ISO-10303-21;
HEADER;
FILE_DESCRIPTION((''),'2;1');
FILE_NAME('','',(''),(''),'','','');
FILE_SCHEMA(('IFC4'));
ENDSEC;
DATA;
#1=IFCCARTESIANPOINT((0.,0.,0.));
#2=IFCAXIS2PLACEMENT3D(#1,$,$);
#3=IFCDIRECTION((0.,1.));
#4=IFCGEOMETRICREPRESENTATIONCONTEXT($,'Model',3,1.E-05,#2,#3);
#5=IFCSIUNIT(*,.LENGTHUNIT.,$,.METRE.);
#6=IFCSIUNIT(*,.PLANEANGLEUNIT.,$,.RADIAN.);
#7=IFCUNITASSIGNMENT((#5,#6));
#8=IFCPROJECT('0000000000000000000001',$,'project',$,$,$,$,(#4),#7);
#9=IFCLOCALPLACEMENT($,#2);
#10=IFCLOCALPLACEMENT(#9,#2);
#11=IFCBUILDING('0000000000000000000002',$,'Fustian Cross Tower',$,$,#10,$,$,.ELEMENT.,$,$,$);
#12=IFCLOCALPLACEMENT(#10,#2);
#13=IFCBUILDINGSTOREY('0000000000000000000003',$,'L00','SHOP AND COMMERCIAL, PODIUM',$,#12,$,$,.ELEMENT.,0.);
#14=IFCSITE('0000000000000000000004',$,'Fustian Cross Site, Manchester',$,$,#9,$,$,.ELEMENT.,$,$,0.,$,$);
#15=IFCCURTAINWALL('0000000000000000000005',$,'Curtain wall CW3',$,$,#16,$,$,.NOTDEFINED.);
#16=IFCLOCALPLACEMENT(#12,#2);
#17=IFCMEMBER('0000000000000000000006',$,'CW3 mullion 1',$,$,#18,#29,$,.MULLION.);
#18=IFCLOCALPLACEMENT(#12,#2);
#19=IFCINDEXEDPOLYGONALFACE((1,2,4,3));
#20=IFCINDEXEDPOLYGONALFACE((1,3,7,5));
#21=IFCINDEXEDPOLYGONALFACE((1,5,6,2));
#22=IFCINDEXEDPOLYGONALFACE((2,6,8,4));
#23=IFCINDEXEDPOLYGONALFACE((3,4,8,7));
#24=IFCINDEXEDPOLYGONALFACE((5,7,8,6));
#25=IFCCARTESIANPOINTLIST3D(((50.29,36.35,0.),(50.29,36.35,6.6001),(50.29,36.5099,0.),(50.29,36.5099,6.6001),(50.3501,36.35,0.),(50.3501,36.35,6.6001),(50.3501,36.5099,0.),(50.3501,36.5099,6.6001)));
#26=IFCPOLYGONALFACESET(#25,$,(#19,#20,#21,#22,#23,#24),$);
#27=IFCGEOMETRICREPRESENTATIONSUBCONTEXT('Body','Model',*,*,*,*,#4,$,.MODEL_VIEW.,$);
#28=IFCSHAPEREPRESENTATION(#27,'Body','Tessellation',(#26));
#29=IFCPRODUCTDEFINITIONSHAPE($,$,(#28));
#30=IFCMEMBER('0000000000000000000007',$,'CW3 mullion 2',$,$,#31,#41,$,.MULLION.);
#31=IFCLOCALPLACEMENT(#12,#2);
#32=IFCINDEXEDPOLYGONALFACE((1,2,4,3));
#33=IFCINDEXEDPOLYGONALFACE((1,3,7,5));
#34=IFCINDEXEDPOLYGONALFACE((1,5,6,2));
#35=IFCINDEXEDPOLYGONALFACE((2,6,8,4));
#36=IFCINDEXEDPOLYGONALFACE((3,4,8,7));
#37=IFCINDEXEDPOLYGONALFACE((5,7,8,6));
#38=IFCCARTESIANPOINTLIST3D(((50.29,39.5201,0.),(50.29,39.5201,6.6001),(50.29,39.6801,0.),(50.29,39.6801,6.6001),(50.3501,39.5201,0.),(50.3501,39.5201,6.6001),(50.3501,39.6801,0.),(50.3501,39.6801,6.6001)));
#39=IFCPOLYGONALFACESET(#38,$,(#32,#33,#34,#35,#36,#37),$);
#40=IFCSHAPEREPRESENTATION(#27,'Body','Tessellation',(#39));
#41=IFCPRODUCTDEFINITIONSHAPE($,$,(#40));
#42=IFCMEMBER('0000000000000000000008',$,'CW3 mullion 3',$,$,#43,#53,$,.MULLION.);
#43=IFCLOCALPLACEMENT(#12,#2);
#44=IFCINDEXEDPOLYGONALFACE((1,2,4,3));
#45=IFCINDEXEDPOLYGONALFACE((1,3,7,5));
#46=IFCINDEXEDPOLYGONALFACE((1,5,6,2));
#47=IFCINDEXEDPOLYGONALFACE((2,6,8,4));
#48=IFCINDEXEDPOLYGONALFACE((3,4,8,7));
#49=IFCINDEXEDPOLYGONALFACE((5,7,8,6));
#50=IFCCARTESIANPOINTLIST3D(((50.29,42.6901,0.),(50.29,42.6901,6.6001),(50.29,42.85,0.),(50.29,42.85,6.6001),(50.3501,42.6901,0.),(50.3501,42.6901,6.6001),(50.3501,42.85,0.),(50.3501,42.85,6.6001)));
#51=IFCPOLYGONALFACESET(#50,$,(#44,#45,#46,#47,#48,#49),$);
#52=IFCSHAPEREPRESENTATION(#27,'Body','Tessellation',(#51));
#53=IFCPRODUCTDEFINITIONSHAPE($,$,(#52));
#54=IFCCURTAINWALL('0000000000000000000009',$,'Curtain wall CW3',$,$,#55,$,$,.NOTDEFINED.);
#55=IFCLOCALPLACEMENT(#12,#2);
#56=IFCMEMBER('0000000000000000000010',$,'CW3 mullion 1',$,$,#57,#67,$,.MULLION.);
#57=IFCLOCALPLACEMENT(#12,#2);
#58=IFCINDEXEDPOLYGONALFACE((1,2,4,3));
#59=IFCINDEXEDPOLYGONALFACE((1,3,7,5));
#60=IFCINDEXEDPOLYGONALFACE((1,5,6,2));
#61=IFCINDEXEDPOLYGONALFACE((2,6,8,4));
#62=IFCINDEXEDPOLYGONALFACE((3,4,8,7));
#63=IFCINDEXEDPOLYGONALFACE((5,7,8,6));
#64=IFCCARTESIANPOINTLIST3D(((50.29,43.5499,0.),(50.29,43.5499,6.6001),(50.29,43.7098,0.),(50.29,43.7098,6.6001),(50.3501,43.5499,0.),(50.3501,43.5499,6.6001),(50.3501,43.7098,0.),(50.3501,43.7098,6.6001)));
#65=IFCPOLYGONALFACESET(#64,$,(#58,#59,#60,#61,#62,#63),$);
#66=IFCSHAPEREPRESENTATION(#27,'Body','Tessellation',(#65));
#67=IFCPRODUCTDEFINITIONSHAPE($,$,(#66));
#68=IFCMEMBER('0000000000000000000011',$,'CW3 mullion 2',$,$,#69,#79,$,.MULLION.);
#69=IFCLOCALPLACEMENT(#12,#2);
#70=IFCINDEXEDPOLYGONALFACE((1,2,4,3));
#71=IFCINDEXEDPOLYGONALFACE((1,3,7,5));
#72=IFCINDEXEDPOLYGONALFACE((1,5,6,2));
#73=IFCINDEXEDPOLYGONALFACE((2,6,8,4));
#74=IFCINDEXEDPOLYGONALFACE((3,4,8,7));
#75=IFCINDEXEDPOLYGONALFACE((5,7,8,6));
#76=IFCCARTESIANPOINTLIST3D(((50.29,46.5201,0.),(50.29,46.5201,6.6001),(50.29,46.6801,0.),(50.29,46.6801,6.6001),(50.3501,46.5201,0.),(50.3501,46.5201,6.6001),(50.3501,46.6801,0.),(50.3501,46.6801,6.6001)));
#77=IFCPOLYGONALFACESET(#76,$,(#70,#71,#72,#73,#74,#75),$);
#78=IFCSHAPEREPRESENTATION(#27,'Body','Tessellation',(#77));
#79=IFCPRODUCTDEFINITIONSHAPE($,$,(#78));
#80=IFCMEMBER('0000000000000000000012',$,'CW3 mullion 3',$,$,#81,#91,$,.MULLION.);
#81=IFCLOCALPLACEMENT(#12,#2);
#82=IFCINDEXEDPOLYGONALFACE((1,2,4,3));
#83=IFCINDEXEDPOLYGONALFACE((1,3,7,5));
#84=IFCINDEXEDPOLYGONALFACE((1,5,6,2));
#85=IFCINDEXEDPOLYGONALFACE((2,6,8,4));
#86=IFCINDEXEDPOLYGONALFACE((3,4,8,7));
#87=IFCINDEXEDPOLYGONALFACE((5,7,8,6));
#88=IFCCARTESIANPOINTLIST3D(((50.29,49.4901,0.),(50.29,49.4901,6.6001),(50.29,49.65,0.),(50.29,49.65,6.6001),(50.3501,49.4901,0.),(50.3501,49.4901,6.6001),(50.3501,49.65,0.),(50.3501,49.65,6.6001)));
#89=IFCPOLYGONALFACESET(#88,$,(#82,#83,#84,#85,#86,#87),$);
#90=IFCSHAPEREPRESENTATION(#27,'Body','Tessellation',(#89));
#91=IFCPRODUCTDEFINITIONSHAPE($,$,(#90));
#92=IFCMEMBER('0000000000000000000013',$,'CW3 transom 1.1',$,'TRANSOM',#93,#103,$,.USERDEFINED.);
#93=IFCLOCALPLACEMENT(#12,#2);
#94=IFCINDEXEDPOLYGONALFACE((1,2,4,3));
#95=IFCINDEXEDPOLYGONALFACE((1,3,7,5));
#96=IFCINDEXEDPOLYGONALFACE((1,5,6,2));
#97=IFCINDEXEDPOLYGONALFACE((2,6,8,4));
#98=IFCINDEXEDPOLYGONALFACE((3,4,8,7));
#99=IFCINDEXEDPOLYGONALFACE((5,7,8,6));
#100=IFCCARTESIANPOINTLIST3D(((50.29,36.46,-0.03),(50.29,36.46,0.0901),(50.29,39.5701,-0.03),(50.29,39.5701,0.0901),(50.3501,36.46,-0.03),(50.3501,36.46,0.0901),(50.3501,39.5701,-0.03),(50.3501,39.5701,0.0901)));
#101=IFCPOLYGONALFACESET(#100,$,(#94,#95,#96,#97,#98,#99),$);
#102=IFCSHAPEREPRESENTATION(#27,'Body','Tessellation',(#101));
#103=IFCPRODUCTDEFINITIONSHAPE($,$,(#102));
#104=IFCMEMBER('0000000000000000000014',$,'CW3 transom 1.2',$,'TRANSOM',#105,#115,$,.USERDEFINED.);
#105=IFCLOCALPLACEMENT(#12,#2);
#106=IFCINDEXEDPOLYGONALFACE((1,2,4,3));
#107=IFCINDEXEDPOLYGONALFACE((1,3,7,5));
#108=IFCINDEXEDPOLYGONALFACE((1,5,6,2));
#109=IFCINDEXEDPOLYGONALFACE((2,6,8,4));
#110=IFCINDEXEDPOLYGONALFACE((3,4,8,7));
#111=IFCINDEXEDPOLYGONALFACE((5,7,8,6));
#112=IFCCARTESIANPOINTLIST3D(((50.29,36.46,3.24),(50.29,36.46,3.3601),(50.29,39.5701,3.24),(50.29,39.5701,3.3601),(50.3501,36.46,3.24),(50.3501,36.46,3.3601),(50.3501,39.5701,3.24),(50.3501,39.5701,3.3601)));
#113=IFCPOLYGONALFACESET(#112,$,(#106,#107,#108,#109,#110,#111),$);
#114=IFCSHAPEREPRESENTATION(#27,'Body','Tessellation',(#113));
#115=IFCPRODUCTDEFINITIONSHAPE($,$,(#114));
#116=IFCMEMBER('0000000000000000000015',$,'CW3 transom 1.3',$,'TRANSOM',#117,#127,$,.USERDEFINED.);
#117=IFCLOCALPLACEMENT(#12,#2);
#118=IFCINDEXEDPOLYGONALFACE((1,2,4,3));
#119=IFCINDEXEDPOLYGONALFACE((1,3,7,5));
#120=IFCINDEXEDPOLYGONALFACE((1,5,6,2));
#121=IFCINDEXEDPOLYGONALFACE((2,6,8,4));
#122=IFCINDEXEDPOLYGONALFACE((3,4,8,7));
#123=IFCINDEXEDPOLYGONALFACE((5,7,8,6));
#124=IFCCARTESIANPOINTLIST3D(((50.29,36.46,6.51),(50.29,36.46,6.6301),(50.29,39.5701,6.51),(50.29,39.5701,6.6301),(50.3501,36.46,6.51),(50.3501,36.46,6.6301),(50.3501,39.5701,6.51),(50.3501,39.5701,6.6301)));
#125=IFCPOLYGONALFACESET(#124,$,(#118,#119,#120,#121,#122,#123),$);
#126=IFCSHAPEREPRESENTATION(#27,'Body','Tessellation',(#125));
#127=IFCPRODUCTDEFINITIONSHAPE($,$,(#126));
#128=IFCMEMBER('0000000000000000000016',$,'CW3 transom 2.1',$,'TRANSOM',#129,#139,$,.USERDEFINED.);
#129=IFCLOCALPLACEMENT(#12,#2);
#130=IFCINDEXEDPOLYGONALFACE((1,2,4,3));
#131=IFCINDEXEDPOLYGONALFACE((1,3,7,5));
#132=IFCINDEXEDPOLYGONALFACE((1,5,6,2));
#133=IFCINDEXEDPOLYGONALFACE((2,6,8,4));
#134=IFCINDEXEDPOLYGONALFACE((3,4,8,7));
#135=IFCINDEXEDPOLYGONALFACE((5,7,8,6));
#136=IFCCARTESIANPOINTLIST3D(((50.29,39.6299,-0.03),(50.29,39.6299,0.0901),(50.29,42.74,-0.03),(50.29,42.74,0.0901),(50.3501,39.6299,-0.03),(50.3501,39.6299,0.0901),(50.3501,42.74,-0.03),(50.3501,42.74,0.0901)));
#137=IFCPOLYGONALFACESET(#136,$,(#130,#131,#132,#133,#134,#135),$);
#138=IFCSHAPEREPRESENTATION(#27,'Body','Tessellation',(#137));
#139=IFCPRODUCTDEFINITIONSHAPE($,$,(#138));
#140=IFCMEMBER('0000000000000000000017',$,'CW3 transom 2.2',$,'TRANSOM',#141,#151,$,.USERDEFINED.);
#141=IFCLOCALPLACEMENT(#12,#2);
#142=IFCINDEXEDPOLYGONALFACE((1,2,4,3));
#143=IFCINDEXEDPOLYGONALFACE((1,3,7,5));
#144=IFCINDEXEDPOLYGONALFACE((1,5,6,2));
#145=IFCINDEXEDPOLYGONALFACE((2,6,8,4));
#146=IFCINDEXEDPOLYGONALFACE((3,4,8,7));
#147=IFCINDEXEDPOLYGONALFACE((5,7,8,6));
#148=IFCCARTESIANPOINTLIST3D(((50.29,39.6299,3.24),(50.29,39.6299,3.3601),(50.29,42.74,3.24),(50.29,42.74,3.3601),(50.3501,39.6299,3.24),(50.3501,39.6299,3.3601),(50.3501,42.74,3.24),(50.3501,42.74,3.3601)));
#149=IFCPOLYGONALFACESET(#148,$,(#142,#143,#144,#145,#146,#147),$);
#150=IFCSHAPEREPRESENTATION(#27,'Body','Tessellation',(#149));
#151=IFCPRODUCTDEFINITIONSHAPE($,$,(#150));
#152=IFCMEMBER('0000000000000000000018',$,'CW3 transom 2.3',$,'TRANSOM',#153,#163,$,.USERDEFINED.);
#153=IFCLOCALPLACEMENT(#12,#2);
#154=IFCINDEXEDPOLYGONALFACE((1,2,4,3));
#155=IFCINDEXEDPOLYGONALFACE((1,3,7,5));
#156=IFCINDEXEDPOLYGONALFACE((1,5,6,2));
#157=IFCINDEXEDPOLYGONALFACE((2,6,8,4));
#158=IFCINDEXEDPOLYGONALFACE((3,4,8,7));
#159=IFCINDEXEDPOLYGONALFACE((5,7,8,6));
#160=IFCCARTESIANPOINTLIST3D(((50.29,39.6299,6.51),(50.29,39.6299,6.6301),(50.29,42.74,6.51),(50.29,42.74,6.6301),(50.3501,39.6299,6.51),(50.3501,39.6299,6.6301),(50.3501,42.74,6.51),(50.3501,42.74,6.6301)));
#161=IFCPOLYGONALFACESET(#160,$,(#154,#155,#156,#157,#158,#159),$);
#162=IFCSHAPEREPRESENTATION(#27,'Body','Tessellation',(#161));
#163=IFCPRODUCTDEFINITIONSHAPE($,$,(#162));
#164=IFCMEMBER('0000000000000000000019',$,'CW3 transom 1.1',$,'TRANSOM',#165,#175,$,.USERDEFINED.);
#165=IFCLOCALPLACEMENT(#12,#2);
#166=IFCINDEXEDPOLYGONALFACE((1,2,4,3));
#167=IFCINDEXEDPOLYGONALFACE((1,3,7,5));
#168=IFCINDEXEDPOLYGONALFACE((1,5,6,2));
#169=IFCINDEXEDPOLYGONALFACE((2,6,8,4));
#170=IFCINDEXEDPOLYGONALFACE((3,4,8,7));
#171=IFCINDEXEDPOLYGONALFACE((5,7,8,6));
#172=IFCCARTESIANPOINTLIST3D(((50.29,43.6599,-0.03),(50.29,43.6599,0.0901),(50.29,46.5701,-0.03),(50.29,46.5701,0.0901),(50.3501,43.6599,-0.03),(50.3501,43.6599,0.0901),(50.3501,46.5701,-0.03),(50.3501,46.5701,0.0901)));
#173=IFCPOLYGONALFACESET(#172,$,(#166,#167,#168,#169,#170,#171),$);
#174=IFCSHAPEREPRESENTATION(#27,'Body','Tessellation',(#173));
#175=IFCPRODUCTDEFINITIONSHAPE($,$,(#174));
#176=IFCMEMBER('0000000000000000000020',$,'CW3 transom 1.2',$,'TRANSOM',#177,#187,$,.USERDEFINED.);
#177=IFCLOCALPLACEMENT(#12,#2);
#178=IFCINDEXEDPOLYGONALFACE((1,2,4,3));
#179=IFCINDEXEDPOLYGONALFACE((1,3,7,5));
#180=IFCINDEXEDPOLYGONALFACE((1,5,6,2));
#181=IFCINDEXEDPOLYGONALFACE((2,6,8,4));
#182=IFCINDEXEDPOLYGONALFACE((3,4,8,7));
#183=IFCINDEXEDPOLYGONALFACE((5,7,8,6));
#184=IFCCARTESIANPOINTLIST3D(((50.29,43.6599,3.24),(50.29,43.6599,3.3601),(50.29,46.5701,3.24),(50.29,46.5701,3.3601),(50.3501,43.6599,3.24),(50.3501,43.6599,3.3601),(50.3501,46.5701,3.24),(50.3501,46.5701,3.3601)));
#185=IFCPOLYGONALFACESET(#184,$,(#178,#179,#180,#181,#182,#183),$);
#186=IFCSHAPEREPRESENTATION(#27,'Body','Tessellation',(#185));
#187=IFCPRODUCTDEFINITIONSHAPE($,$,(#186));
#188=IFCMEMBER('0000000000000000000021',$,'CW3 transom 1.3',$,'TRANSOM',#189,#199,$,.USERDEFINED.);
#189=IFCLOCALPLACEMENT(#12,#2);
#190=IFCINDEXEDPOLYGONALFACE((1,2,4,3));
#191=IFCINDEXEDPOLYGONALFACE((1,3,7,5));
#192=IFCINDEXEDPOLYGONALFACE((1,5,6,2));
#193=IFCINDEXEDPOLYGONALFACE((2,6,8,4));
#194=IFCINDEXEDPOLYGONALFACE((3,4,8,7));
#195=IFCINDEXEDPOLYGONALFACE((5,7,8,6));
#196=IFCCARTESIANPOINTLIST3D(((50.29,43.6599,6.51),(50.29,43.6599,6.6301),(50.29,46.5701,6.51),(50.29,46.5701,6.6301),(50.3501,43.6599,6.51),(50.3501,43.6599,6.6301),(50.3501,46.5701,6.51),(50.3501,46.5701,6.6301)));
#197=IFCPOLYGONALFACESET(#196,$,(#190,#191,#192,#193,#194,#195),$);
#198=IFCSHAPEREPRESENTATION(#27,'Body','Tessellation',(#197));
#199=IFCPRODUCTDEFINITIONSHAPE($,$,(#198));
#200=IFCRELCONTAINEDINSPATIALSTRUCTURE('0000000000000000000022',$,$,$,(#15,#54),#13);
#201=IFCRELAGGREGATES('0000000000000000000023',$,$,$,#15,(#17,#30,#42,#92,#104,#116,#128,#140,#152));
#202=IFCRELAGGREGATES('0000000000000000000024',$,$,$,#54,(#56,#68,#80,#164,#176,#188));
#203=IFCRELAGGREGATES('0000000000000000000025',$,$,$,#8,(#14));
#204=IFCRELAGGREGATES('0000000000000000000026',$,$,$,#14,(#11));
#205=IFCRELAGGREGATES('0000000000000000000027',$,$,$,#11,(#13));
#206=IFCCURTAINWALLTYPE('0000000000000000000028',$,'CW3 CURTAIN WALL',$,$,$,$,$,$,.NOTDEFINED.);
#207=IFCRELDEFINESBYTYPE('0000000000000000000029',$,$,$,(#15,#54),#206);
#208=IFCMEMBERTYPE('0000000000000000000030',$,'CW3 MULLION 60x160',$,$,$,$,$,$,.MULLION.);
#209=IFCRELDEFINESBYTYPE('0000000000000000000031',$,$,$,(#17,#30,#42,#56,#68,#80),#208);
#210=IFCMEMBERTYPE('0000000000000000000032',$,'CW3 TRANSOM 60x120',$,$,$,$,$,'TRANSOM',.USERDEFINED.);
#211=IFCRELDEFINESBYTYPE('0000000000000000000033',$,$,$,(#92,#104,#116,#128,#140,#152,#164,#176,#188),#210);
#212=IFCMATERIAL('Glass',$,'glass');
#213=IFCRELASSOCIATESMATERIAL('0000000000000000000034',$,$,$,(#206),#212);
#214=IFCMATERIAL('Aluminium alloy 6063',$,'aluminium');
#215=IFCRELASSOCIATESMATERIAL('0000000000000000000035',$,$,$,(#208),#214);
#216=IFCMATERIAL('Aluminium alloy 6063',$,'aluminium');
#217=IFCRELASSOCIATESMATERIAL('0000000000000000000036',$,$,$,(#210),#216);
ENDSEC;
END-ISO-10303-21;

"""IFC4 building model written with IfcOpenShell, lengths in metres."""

from ifc_helpers import new_model, si_unit, direction, frame, origin, origin_2d, place, context, subcontext, project, spatial, rectangle, extrude, material, material_profile, profile_set, type_object, element, aggregate, save


model = new_model("IFC4")

# Units and contexts
model_context = context("Model", 3, precision=1e-05, world=origin(), true_north=direction((0.0, 1.0)))
body_context = subcontext(model_context, "Body", "Model", "MODEL_VIEW")
ifc_project = project(units=[si_unit("LENGTHUNIT", "METRE"), si_unit("PLANEANGLEUNIT", "RADIAN")], contexts=[model_context])

# Site, building, storey
site_placement = place(None, origin())
site = spatial("IfcSite", under=ifc_project, at=site_placement, Name="Fustian Cross Site, Manchester", CompositionType="ELEMENT", RefElevation=0.0)
building_placement = place(site_placement, origin())
building = spatial("IfcBuilding", under=site, at=building_placement, Name="Fustian Cross Tower", CompositionType="ELEMENT")
storey_placement = place(building_placement, origin())
storey = spatial("IfcBuildingStorey", under=building, at=storey_placement, Name="L00", Description="SHOP AND COMMERCIAL, PODIUM", CompositionType="ELEMENT", Elevation=0.0)

# Curtain walls, members
ifc_material_1 = material(Name="Glass", Category="glass")
curtain_wall_type = type_object("IfcCurtainWallType", Name="CW3 CURTAIN WALL", PredefinedType="NOTDEFINED", material=ifc_material_1)
curtain_wall_1_placement = place(storey_placement, origin())
curtain_wall_1 = element("IfcCurtainWall", 1, at=curtain_wall_1_placement, inside=storey, type_object=curtain_wall_type, Name="Curtain wall CW3", PredefinedType="NOTDEFINED")
ifc_material_2 = material(Name="Aluminium alloy 6063", Category="aluminium")
ifc_material_profile_1 = material_profile(ifc_material_2, rectangle(XDim=0.0601, YDim=0.1599, at=origin_2d()), Name="CW3 MULLION 60x160")
ifc_profile_set_1 = profile_set([ifc_material_profile_1], Name="Aluminium alloy 6063")
member_type_1 = type_object("IfcMemberType", Name="CW3 MULLION 60x160", PredefinedType="MULLION", material=ifc_profile_set_1)
member_1_placement = place(storey_placement, frame((50.3201, 36.4299, 0.0), z_axis=(0.0, 0.0, 1.0), x_axis=(-1.0, 0.0, 0.0)))
member_1 = element("IfcMember", 2, at=member_1_placement, type_object=member_type_1, Name="CW3 mullion 1", PredefinedType="MULLION", context=body_context, shape_type="SweptSolid", body=[
    extrude(rectangle(XDim=0.0601, YDim=0.1599, at=origin_2d()), origin(), (0.0, 0.0, 1.0), 6.6001),
])
member_2_placement = place(storey_placement, frame((50.3201, 39.6001, 0.0), z_axis=(0.0, 0.0, 1.0), x_axis=(-1.0, 0.0, 0.0)))
member_2 = element("IfcMember", 3, at=member_2_placement, type_object=member_type_1, Name="CW3 mullion 2", PredefinedType="MULLION", context=body_context, shape_type="SweptSolid", body=[
    extrude(rectangle(XDim=0.0601, YDim=0.1599, at=origin_2d()), origin(), (0.0, 0.0, 1.0), 6.6001),
])
member_3_placement = place(storey_placement, frame((50.3201, 42.77, 0.0), z_axis=(0.0, 0.0, 1.0), x_axis=(-1.0, 0.0, 0.0)))
member_3 = element("IfcMember", 4, at=member_3_placement, type_object=member_type_1, Name="CW3 mullion 3", PredefinedType="MULLION", context=body_context, shape_type="SweptSolid", body=[
    extrude(rectangle(XDim=0.0601, YDim=0.1599, at=origin_2d()), origin(), (0.0, 0.0, 1.0), 6.6001),
])
curtain_wall_2_placement = place(storey_placement, origin())
curtain_wall_2 = element("IfcCurtainWall", 5, at=curtain_wall_2_placement, inside=storey, type_object=curtain_wall_type, Name="Curtain wall CW3", PredefinedType="NOTDEFINED")
member_4_placement = place(storey_placement, frame((50.3201, 43.6299, 0.0), z_axis=(0.0, 0.0, 1.0), x_axis=(-1.0, 0.0, 0.0)))
member_4 = element("IfcMember", 6, at=member_4_placement, type_object=member_type_1, Name="CW3 mullion 1", PredefinedType="MULLION", context=body_context, shape_type="SweptSolid", body=[
    extrude(rectangle(XDim=0.0601, YDim=0.1599, at=origin_2d()), origin(), (0.0, 0.0, 1.0), 6.6001),
])
member_5_placement = place(storey_placement, frame((50.3201, 46.6001, 0.0), z_axis=(0.0, 0.0, 1.0), x_axis=(-1.0, 0.0, 0.0)))
member_5 = element("IfcMember", 7, at=member_5_placement, type_object=member_type_1, Name="CW3 mullion 2", PredefinedType="MULLION", context=body_context, shape_type="SweptSolid", body=[
    extrude(rectangle(XDim=0.0601, YDim=0.1599, at=origin_2d()), origin(), (0.0, 0.0, 1.0), 6.6001),
])
member_6_placement = place(storey_placement, frame((50.3201, 49.5701, 0.0), z_axis=(0.0, 0.0, 1.0), x_axis=(-1.0, 0.0, 0.0)))
member_6 = element("IfcMember", 8, at=member_6_placement, type_object=member_type_1, Name="CW3 mullion 3", PredefinedType="MULLION", context=body_context, shape_type="SweptSolid", body=[
    extrude(rectangle(XDim=0.0601, YDim=0.1599, at=origin_2d()), origin(), (0.0, 0.0, 1.0), 6.6001),
])

# Members
ifc_material_3 = material(Name="Aluminium alloy 6063", Category="aluminium")
ifc_material_profile_2 = material_profile(ifc_material_3, rectangle(XDim=0.0601, YDim=0.1201, at=origin_2d()), Name="CW3 TRANSOM 60x120")
ifc_profile_set_2 = profile_set([ifc_material_profile_2], Name="Aluminium alloy 6063")
member_type_2 = type_object("IfcMemberType", Name="CW3 TRANSOM 60x120", ElementType="TRANSOM", PredefinedType="USERDEFINED", material=ifc_profile_set_2)
member_7_placement = place(storey_placement, frame((50.3201, 36.46, 0.03), z_axis=(0.0, 1.0, 0.0), x_axis=(-1.0, 0.0, 0.0)))
member_7 = element("IfcMember", 9, at=member_7_placement, type_object=member_type_2, Name="CW3 transom 1.1", ObjectType="TRANSOM", PredefinedType="USERDEFINED", context=body_context, shape_type="SweptSolid", body=[
    extrude(rectangle(XDim=0.0601, YDim=0.1201, at=origin_2d()), origin(), (0.0, 0.0, 1.0), 3.1101),
])
member_8_placement = place(storey_placement, frame((50.3201, 36.46, 3.3), z_axis=(0.0, 1.0, 0.0), x_axis=(-1.0, 0.0, 0.0)))
member_8 = element("IfcMember", 10, at=member_8_placement, type_object=member_type_2, Name="CW3 transom 1.2", ObjectType="TRANSOM", PredefinedType="USERDEFINED", context=body_context, shape_type="SweptSolid", body=[
    extrude(rectangle(XDim=0.0601, YDim=0.1201, at=origin_2d()), origin(), (0.0, 0.0, 1.0), 3.1101),
])
member_9_placement = place(storey_placement, frame((50.3201, 36.46, 6.5701), z_axis=(0.0, 1.0, 0.0), x_axis=(-1.0, 0.0, 0.0)))
member_9 = element("IfcMember", 11, at=member_9_placement, type_object=member_type_2, Name="CW3 transom 1.3", ObjectType="TRANSOM", PredefinedType="USERDEFINED", context=body_context, shape_type="SweptSolid", body=[
    extrude(rectangle(XDim=0.0601, YDim=0.1201, at=origin_2d()), origin(), (0.0, 0.0, 1.0), 3.1101),
])
member_10_placement = place(storey_placement, frame((50.3201, 39.6299, 0.03), z_axis=(0.0, 1.0, 0.0), x_axis=(-1.0, 0.0, 0.0)))
member_10 = element("IfcMember", 12, at=member_10_placement, type_object=member_type_2, Name="CW3 transom 2.1", ObjectType="TRANSOM", PredefinedType="USERDEFINED", context=body_context, shape_type="SweptSolid", body=[
    extrude(rectangle(XDim=0.0601, YDim=0.1201, at=origin_2d()), origin(), (0.0, 0.0, 1.0), 3.1101),
])
member_11_placement = place(storey_placement, frame((50.3201, 39.6299, 3.3), z_axis=(0.0, 1.0, 0.0), x_axis=(-1.0, 0.0, 0.0)))
member_11 = element("IfcMember", 13, at=member_11_placement, type_object=member_type_2, Name="CW3 transom 2.2", ObjectType="TRANSOM", PredefinedType="USERDEFINED", context=body_context, shape_type="SweptSolid", body=[
    extrude(rectangle(XDim=0.0601, YDim=0.1201, at=origin_2d()), origin(), (0.0, 0.0, 1.0), 3.1101),
])
member_12_placement = place(storey_placement, frame((50.3201, 39.6299, 6.5701), z_axis=(0.0, 1.0, 0.0), x_axis=(-1.0, 0.0, 0.0)))
member_12 = element("IfcMember", 14, at=member_12_placement, type_object=member_type_2, Name="CW3 transom 2.3", ObjectType="TRANSOM", PredefinedType="USERDEFINED", context=body_context, shape_type="SweptSolid", body=[
    extrude(rectangle(XDim=0.0601, YDim=0.1201, at=origin_2d()), origin(), (0.0, 0.0, 1.0), 3.1101),
])
member_13_placement = place(storey_placement, frame((50.3201, 43.6599, 0.03), z_axis=(0.0, 1.0, 0.0), x_axis=(-1.0, 0.0, 0.0)))
member_13 = element("IfcMember", 15, at=member_13_placement, type_object=member_type_2, Name="CW3 transom 1.1", ObjectType="TRANSOM", PredefinedType="USERDEFINED", context=body_context, shape_type="SweptSolid", body=[
    extrude(rectangle(XDim=0.0601, YDim=0.1201, at=origin_2d()), origin(), (0.0, 0.0, 1.0), 2.9102),
])
member_14_placement = place(storey_placement, frame((50.3201, 43.6599, 3.3), z_axis=(0.0, 1.0, 0.0), x_axis=(-1.0, 0.0, 0.0)))
member_14 = element("IfcMember", 16, at=member_14_placement, type_object=member_type_2, Name="CW3 transom 1.2", ObjectType="TRANSOM", PredefinedType="USERDEFINED", context=body_context, shape_type="SweptSolid", body=[
    extrude(rectangle(XDim=0.0601, YDim=0.1201, at=origin_2d()), origin(), (0.0, 0.0, 1.0), 2.9102),
])
member_15_placement = place(storey_placement, frame((50.3201, 43.6599, 6.5701), z_axis=(0.0, 1.0, 0.0), x_axis=(-1.0, 0.0, 0.0)))
member_15 = element("IfcMember", 17, at=member_15_placement, type_object=member_type_2, Name="CW3 transom 1.3", ObjectType="TRANSOM", PredefinedType="USERDEFINED", context=body_context, shape_type="SweptSolid", body=[
    extrude(rectangle(XDim=0.0601, YDim=0.1201, at=origin_2d()), origin(), (0.0, 0.0, 1.0), 2.9102),
])

aggregate(curtain_wall_1, [member_1, member_2, member_3, member_7, member_8, member_9, member_10, member_11, member_12])
aggregate(curtain_wall_2, [member_4, member_5, member_6, member_13, member_14, member_15])

save(model, "model.ifc")
